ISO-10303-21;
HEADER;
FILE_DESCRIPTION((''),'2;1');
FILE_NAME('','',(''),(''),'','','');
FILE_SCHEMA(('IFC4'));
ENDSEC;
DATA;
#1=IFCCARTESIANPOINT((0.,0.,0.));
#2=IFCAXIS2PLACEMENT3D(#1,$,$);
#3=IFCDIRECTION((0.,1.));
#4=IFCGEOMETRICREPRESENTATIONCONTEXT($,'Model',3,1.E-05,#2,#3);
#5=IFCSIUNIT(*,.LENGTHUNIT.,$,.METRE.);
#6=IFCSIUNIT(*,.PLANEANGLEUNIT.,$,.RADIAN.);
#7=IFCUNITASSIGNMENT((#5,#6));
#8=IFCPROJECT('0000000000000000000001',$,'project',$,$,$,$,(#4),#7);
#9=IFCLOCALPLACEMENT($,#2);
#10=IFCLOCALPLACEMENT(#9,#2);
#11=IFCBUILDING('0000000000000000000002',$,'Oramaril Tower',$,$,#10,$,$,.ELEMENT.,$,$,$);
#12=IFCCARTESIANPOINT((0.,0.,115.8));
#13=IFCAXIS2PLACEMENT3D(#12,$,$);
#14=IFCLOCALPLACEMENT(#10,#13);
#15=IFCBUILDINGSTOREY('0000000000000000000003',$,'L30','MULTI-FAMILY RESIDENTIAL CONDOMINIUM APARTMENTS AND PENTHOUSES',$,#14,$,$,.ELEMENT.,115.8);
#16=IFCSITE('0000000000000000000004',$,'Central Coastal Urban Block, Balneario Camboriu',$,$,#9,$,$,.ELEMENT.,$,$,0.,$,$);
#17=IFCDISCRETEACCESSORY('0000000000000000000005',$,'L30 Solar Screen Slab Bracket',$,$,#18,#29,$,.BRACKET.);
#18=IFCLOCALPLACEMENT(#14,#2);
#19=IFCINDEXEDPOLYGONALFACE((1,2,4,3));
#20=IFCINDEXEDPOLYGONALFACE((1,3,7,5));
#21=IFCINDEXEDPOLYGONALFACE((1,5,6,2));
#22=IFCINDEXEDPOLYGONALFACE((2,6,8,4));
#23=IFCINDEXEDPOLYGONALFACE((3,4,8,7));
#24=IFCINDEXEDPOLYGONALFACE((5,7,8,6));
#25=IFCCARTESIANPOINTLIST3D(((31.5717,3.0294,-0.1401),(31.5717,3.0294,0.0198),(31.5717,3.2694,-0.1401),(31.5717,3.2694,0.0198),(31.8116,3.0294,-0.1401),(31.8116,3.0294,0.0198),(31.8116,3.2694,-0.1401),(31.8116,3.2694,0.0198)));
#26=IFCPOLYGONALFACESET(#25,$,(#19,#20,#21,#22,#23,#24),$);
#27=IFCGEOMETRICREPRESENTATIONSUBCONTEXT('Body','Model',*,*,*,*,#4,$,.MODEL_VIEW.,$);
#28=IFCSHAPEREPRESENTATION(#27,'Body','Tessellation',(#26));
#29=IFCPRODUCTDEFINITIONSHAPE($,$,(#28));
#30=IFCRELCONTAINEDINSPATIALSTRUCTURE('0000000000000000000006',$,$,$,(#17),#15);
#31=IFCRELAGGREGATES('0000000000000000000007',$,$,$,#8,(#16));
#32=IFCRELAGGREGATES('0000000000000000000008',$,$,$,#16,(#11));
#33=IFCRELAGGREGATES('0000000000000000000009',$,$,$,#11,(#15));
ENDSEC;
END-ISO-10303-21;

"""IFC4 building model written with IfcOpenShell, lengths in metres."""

from ifc_helpers import new_model, si_unit, direction, frame, origin, origin_2d, place, context, subcontext, project, spatial, rectangle, extrude, element, save


model = new_model("IFC4")

# Units and contexts
model_context = context("Model", 3, precision=1e-05, world=origin(), true_north=direction((0.0, 1.0)))
body_context = subcontext(model_context, "Body", "Model", "MODEL_VIEW")
ifc_project = project(units=[si_unit("LENGTHUNIT", "METRE"), si_unit("PLANEANGLEUNIT", "RADIAN")], contexts=[model_context])

# Site, building, storey
site_placement = place(None, origin())
site = spatial("IfcSite", under=ifc_project, at=site_placement, Name="Central Coastal Urban Block, Balneario Camboriu", CompositionType="ELEMENT", RefElevation=0.0)
building_placement = place(site_placement, origin())
building = spatial("IfcBuilding", under=site, at=building_placement, Name="Oramaril Tower", CompositionType="ELEMENT")
storey_placement = place(building_placement, frame((0.0, 0.0, 115.8)))
storey = spatial("IfcBuildingStorey", under=building, at=storey_placement, Name="L30", Description="MULTI-FAMILY RESIDENTIAL CONDOMINIUM APARTMENTS AND PENTHOUSES", CompositionType="ELEMENT", Elevation=115.8)

# Discrete accessory
discrete_accessory_placement = place(storey_placement, frame((31.6917, 3.1494, -0.1401), z_axis=(0.0, 0.0, 1.0), x_axis=(1.0, 0.0, 0.0)))
element("IfcDiscreteAccessory", 1, at=discrete_accessory_placement, inside=storey, Name="L30 Solar Screen Slab Bracket", PredefinedType="BRACKET", context=body_context, shape_type="SweptSolid", body=[
    extrude(rectangle(XDim=0.24, YDim=0.24, at=origin_2d()), origin(), (0.0, 0.0, 1.0), 0.1599),
])

save(model, "model.ifc")
